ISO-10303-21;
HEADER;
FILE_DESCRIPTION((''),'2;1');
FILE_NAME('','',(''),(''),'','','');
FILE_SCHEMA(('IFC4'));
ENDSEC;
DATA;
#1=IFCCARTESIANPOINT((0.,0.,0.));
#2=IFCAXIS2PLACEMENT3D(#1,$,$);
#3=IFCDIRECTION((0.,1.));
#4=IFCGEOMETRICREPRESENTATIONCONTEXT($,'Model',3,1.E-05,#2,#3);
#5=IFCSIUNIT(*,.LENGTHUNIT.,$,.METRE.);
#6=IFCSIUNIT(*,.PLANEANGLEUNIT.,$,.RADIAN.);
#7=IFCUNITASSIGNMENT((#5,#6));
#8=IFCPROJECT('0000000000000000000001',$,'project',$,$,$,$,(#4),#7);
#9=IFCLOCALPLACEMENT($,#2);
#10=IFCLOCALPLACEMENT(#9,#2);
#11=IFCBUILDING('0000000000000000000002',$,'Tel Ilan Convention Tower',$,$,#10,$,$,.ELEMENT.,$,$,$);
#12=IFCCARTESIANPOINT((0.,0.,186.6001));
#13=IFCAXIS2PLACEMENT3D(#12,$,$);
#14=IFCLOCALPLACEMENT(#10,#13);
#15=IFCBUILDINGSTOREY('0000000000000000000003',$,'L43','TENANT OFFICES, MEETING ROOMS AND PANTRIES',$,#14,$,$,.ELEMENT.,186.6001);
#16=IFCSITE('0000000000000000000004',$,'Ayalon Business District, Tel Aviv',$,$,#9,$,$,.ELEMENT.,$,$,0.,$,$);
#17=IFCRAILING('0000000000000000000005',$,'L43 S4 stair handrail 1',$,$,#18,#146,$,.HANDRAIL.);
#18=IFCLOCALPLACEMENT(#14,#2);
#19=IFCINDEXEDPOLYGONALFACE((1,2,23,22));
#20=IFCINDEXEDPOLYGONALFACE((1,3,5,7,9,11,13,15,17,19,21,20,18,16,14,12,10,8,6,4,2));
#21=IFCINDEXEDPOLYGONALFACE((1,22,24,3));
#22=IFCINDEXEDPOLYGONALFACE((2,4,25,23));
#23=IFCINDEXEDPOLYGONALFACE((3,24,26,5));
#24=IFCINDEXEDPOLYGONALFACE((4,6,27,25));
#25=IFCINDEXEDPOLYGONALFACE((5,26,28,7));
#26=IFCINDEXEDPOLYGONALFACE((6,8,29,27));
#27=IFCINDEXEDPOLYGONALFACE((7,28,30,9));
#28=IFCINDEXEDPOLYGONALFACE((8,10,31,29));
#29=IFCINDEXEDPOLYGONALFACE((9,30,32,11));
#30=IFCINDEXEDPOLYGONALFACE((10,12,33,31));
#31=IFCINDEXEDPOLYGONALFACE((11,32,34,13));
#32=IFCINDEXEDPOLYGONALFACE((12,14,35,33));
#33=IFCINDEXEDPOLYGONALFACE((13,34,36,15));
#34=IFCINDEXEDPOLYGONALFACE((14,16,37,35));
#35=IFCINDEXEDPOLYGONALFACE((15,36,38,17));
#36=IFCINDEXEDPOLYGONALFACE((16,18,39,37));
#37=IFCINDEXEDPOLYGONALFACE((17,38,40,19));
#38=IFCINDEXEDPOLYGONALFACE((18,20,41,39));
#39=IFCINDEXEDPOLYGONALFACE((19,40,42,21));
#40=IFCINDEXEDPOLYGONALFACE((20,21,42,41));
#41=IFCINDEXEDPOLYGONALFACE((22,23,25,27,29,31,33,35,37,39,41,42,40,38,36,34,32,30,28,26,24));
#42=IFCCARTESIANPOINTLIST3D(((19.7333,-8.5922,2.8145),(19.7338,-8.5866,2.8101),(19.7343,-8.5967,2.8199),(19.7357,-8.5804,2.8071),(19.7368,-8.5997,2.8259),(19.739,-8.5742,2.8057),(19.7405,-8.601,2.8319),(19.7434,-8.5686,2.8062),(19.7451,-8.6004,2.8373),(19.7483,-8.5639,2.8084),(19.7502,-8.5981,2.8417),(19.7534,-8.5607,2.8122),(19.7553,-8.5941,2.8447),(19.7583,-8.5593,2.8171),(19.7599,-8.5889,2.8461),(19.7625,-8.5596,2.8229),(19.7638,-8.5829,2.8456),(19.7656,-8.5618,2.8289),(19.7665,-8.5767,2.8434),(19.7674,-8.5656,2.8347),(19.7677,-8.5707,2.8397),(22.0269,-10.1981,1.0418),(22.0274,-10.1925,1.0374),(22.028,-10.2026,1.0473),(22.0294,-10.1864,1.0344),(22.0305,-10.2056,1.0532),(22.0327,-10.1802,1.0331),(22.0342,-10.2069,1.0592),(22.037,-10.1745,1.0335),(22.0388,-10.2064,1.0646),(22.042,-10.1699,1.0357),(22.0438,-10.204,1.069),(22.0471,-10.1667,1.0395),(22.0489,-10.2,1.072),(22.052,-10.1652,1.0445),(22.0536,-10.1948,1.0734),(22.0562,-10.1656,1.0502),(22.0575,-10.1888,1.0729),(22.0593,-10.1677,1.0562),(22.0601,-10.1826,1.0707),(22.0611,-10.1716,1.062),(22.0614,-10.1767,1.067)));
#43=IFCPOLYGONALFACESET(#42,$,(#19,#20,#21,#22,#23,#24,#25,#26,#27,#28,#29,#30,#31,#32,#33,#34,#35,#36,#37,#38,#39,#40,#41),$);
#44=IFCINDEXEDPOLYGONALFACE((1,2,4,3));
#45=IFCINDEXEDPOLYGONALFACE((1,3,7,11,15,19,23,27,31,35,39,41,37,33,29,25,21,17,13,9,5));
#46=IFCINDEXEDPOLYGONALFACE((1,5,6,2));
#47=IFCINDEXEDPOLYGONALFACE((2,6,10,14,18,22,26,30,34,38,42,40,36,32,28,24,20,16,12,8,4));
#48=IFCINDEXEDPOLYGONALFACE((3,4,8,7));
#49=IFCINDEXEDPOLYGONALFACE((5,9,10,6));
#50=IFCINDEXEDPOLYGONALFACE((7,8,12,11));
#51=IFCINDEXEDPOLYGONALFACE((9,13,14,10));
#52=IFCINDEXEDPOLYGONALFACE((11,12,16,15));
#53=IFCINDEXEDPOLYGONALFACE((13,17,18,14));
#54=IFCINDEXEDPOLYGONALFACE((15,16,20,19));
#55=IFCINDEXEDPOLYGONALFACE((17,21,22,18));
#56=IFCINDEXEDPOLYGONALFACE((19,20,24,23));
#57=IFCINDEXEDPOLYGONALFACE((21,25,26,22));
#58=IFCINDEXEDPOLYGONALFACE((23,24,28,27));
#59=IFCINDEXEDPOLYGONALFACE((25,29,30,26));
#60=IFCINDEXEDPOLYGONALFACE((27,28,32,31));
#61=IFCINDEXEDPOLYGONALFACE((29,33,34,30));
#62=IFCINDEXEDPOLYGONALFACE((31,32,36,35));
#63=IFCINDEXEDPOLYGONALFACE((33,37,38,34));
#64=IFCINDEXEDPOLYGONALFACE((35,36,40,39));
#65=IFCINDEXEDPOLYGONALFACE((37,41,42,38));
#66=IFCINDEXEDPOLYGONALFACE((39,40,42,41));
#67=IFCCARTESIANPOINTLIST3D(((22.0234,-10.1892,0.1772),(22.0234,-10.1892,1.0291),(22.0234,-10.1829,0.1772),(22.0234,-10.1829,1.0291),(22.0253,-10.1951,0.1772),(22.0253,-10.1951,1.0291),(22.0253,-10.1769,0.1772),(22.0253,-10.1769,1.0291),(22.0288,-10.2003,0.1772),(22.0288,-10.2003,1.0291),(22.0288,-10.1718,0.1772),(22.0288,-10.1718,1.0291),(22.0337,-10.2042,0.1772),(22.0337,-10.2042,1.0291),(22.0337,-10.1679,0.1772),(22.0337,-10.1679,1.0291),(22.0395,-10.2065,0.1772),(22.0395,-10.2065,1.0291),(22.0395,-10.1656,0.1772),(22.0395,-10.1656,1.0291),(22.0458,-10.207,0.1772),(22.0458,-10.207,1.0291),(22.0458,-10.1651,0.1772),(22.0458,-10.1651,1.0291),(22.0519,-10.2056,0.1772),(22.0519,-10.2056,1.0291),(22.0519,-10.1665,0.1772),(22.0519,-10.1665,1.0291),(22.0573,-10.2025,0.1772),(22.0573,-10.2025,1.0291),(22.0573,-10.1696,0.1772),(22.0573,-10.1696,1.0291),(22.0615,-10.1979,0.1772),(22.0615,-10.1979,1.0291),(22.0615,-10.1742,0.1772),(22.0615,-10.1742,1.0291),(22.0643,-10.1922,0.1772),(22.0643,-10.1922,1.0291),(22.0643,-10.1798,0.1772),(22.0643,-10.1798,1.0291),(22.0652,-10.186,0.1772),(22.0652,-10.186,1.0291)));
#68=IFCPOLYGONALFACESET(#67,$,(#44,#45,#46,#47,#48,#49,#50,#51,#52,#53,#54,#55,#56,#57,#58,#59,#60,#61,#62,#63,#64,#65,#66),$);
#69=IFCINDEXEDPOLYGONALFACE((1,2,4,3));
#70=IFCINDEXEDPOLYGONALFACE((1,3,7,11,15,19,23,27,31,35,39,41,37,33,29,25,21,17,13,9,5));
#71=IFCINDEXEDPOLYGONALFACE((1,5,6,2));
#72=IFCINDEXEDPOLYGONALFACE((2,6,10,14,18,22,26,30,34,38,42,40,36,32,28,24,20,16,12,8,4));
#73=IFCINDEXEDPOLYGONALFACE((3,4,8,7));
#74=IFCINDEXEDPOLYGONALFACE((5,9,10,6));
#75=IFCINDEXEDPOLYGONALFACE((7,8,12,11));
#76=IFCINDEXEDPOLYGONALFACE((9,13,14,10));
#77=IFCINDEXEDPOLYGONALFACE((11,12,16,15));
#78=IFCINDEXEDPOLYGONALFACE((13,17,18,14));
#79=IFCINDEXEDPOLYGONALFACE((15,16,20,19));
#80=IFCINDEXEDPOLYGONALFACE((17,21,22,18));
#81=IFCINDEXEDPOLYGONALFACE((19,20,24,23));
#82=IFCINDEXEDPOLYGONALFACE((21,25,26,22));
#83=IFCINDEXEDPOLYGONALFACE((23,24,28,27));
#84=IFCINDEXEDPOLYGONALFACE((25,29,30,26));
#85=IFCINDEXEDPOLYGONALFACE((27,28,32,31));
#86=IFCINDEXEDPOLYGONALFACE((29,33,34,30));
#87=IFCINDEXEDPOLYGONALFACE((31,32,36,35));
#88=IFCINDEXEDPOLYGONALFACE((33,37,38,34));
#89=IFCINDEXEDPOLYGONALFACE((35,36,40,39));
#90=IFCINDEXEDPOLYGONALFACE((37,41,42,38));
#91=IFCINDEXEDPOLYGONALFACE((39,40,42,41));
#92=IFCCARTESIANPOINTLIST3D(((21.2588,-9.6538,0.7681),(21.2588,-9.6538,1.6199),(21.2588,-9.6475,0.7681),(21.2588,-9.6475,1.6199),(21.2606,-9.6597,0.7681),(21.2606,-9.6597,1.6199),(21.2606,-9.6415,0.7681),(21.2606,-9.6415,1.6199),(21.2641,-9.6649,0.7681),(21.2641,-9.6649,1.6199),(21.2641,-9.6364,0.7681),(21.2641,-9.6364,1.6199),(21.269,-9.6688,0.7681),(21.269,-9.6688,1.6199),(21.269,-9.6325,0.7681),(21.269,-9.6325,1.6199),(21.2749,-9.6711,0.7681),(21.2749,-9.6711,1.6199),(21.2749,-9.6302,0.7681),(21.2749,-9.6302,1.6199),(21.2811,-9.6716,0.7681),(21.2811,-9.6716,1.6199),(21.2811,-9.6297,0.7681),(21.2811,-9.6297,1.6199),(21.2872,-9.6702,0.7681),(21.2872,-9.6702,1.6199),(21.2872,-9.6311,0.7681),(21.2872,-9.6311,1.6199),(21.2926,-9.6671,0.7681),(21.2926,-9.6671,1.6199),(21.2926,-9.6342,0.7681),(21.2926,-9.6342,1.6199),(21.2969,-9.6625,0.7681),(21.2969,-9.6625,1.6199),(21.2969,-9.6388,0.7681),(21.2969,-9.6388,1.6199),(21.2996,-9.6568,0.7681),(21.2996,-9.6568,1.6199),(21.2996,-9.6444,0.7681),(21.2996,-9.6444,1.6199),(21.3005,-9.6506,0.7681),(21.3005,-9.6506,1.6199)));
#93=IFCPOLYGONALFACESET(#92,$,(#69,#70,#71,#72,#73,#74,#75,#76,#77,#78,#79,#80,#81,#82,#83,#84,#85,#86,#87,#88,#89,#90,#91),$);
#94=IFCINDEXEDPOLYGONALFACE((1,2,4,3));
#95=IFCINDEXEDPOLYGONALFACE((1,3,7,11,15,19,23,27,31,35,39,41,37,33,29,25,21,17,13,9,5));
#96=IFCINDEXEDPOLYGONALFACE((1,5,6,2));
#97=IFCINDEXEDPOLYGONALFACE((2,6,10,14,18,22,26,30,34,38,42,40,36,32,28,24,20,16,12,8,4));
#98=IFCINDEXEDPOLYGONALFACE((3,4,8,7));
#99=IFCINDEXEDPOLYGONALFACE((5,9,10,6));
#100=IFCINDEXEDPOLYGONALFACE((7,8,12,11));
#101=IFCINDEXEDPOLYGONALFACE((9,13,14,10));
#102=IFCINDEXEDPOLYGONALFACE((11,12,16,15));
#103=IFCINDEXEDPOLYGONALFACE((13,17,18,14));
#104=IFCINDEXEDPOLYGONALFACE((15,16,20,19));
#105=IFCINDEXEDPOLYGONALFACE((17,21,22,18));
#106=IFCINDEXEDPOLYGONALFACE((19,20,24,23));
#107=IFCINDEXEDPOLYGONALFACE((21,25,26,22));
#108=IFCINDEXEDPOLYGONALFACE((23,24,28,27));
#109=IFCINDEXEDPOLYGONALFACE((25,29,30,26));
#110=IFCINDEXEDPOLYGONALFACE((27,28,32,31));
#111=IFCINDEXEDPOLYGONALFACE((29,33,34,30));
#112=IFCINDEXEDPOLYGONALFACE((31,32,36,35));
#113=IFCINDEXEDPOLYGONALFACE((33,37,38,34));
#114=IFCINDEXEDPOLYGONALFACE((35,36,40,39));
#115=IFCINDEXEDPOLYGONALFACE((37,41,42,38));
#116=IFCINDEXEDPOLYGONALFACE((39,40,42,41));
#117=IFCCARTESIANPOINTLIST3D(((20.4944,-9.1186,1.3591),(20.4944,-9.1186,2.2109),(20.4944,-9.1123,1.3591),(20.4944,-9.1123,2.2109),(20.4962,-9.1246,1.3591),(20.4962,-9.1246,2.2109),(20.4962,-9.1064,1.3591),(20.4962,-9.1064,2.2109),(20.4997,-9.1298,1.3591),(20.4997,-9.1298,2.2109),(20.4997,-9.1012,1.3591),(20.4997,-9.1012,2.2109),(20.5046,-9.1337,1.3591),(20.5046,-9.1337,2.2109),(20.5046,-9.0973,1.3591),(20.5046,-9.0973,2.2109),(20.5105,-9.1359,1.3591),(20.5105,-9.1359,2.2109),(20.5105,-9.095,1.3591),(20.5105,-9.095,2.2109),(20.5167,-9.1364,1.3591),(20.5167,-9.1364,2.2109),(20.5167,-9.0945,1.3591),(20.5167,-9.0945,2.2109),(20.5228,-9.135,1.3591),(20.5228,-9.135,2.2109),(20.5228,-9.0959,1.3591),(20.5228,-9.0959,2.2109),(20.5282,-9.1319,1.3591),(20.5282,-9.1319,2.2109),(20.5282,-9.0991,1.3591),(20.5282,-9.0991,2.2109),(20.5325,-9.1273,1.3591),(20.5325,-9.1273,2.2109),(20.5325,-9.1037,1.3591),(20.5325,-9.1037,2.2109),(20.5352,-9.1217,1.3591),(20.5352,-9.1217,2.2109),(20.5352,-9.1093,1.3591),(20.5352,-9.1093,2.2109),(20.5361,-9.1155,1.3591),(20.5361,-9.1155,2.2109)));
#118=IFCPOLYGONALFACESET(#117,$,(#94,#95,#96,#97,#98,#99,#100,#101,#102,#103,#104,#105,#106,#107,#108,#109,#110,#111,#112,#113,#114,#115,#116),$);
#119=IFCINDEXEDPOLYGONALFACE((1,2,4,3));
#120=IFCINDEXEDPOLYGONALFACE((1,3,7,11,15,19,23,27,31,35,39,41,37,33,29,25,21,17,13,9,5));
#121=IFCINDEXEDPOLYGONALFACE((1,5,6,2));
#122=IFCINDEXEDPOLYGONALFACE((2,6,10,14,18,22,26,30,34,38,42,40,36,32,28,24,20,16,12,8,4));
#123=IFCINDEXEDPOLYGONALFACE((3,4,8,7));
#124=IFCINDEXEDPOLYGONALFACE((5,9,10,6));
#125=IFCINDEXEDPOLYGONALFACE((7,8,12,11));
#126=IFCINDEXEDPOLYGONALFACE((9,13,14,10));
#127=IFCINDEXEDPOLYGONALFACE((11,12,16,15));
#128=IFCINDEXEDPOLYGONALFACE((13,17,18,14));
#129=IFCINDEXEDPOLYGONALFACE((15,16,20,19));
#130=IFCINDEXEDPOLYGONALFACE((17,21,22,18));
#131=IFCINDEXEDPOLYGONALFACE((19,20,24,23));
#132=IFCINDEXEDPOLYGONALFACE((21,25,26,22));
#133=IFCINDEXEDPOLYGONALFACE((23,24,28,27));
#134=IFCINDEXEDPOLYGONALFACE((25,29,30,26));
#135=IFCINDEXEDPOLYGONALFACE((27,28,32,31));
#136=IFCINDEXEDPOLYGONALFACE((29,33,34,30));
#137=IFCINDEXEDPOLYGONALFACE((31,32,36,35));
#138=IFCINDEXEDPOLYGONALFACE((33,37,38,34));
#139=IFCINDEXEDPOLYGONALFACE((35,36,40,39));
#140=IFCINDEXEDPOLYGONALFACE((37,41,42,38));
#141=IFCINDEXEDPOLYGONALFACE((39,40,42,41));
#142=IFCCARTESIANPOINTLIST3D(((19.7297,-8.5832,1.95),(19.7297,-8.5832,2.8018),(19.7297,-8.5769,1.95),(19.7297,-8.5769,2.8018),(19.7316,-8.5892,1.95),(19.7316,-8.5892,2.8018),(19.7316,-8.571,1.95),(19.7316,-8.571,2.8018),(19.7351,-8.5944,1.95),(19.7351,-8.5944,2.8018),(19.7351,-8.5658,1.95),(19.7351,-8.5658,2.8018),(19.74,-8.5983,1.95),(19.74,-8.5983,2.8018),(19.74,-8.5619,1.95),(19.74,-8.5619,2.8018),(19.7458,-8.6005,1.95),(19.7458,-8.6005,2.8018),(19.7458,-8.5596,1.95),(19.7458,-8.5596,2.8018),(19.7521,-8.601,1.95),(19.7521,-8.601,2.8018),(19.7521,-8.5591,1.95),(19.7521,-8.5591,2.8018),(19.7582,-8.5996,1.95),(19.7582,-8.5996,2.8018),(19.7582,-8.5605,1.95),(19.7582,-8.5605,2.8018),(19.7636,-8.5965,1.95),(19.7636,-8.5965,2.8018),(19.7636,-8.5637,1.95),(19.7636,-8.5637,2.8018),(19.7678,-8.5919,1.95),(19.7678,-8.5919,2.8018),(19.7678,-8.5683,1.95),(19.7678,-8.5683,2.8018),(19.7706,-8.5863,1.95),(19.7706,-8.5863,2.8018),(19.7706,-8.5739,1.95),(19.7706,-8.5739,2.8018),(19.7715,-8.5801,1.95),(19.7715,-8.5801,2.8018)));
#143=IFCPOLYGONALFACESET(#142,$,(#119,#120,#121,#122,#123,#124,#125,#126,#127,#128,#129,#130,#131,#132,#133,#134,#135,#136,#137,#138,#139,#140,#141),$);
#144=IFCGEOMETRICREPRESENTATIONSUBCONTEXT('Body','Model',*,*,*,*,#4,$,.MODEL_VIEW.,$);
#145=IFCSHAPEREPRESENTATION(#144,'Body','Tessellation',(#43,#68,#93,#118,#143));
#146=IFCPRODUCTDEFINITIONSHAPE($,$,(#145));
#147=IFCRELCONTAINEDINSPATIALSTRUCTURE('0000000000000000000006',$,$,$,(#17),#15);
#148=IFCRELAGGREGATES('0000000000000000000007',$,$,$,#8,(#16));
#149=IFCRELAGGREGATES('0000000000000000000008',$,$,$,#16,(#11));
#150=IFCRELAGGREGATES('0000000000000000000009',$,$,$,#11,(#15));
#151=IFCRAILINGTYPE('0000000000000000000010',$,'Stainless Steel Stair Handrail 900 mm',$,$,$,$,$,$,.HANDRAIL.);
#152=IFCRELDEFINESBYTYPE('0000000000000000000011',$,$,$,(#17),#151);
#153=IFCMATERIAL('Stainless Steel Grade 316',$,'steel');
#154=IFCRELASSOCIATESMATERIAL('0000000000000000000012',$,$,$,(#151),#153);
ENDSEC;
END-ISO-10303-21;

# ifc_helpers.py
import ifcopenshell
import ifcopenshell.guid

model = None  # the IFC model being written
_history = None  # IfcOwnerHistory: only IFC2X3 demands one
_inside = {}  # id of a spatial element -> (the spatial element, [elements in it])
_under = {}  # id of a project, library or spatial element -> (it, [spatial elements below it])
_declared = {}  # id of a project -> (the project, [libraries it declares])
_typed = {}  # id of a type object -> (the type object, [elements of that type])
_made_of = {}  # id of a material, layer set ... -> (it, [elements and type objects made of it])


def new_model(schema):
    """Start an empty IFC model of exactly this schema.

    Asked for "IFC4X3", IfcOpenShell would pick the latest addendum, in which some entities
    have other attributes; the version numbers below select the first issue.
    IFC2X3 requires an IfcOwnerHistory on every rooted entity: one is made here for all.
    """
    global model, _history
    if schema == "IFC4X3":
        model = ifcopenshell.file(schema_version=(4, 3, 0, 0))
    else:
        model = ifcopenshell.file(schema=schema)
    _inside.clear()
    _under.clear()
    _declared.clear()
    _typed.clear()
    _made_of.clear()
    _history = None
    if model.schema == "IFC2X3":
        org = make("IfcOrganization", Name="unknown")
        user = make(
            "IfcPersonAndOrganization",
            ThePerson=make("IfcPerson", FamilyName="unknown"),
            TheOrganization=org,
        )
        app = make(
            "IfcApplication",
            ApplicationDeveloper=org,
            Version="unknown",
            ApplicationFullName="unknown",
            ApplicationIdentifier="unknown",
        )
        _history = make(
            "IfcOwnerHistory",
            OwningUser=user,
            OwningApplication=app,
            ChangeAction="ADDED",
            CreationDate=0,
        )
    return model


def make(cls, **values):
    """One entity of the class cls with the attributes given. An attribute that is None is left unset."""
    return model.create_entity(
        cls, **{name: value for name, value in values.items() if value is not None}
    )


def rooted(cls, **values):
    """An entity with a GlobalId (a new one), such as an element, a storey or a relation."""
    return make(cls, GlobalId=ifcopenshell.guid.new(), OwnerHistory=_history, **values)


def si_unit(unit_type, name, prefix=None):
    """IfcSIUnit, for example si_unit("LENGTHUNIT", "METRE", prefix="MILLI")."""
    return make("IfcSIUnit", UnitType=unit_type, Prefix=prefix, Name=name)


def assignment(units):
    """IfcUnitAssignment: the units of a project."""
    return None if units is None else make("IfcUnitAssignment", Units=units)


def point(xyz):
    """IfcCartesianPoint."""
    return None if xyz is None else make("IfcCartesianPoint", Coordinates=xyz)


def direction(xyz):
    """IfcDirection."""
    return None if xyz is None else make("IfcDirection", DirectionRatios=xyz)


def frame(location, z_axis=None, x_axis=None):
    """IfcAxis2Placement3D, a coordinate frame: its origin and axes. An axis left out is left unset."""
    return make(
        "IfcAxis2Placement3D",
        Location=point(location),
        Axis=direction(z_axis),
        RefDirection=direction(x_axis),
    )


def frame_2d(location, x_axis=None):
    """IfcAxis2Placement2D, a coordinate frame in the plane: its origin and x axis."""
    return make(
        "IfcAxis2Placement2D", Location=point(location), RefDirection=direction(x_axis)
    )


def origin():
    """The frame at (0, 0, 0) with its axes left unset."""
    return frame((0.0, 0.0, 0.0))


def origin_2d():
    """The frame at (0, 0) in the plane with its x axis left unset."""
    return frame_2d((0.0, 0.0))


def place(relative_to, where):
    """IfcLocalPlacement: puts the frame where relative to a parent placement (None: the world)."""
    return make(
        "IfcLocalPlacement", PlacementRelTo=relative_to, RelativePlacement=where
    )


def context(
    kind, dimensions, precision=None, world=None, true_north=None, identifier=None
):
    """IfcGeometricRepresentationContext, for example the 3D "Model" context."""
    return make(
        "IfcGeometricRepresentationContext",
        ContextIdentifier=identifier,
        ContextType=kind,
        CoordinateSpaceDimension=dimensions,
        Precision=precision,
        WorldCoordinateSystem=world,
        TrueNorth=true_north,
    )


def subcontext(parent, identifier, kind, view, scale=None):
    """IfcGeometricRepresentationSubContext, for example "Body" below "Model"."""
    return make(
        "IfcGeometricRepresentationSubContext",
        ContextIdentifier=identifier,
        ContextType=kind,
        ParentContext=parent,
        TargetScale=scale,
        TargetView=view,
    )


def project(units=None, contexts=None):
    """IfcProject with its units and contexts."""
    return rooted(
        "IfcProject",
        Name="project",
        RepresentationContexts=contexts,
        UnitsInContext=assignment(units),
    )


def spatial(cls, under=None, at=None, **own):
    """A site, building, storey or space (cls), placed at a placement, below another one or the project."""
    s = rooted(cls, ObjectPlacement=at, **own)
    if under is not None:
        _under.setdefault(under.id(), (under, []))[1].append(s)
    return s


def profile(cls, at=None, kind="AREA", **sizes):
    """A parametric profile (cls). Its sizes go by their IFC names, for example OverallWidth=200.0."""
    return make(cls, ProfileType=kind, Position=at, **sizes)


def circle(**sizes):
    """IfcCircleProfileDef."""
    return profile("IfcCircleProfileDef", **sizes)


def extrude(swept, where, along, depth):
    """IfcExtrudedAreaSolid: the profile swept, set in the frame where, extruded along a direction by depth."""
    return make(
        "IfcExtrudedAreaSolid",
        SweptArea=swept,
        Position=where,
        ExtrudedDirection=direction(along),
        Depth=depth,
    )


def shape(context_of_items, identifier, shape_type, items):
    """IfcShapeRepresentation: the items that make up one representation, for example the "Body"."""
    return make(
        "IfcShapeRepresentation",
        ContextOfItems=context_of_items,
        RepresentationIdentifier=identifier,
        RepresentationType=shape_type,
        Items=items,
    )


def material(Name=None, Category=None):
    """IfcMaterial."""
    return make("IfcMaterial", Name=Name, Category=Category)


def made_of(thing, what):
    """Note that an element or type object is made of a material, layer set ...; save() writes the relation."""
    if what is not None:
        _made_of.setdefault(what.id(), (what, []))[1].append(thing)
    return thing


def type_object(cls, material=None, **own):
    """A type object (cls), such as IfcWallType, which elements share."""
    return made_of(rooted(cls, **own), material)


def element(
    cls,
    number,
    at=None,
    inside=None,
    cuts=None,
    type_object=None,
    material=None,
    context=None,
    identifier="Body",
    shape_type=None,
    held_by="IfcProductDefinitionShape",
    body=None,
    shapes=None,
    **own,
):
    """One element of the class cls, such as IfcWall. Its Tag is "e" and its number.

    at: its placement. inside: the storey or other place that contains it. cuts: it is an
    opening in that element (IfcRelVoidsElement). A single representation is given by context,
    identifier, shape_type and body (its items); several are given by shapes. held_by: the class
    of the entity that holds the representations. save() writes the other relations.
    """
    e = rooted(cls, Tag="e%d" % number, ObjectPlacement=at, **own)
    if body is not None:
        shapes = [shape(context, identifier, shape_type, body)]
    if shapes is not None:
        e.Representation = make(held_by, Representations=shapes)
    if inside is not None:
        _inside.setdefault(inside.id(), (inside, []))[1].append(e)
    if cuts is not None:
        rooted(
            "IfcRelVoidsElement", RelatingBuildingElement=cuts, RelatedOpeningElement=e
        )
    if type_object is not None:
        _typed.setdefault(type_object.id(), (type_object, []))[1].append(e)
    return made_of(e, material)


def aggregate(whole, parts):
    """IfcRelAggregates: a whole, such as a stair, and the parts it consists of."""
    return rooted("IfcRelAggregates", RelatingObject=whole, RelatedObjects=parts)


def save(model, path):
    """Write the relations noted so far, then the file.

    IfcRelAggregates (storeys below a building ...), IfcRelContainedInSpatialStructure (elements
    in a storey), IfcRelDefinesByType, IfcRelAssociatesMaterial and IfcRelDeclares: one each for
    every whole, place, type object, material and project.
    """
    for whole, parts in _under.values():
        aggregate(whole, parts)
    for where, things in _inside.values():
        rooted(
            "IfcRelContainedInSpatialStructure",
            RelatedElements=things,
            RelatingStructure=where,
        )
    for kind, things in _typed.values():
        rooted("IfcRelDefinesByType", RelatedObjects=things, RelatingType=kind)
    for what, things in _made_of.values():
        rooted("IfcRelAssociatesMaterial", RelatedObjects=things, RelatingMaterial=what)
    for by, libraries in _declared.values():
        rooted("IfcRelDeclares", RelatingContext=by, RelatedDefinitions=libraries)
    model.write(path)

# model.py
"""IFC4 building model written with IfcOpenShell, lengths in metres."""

from ifc_helpers import new_model, si_unit, direction, frame, origin, origin_2d, place, context, subcontext, project, spatial, circle, extrude, material, type_object, element, save


model = new_model("IFC4")

# Units and contexts
model_context = context("Model", 3, precision=1e-05, world=origin(), true_north=direction((0.0, 1.0)))
body_context = subcontext(model_context, "Body", "Model", "MODEL_VIEW")
ifc_project = project(units=[si_unit("LENGTHUNIT", "METRE"), si_unit("PLANEANGLEUNIT", "RADIAN")], contexts=[model_context])

# Site, building, storey
site_placement = place(None, origin())
site = spatial("IfcSite", under=ifc_project, at=site_placement, Name="Ayalon Business District, Tel Aviv", CompositionType="ELEMENT", RefElevation=0.0)
building_placement = place(site_placement, origin())
building = spatial("IfcBuilding", under=site, at=building_placement, Name="Tel Ilan Convention Tower", CompositionType="ELEMENT")
storey_placement = place(building_placement, frame((0.0, 0.0, 186.6001)))
storey = spatial("IfcBuildingStorey", under=building, at=storey_placement, Name="L43", Description="TENANT OFFICES, MEETING ROOMS AND PANTRIES", CompositionType="ELEMENT", Elevation=186.6001)

# Railing
ifc_material_1 = material(Name="Stainless Steel Grade 316", Category="steel")
railing_type_1 = type_object("IfcRailingType", Name="Stainless Steel Stair Handrail 900 mm", PredefinedType="HANDRAIL", material=ifc_material_1)
railing_1_placement = place(storey_placement, frame((22.0442, -10.186, 0.1772)))
element("IfcRailing", 1, at=railing_1_placement, inside=storey, type_object=railing_type_1, Name="L43 S4 stair handrail 1", PredefinedType="HANDRAIL", context=body_context, shape_type="SweptSolid", body=[
    extrude(circle(Radius=0.0239, at=origin_2d()), frame((0.0, 0.0, 0.876), z_axis=(-0.692123, 0.484597, 0.534913), x_axis=(-0.57355, -0.81917, 0.0)), (0.0, 0.0, 1.0), 3.314),
    extrude(circle(Radius=0.021, at=origin_2d()), origin(), (0.0, 0.0, 1.0), 0.8518),
    extrude(circle(Radius=0.021, at=origin_2d()), frame((-0.7646, 0.5354, 0.5908)), (0.0, 0.0, 1.0), 0.8518),
    extrude(circle(Radius=0.021, at=origin_2d()), frame((-1.5291, 1.0706, 1.1819)), (0.0, 0.0, 1.0), 0.8518),
    extrude(circle(Radius=0.021, at=origin_2d()), frame((-2.2937, 1.606, 1.7727)), (0.0, 0.0, 1.0), 0.8518),
])

save(model, "model.ifc")
